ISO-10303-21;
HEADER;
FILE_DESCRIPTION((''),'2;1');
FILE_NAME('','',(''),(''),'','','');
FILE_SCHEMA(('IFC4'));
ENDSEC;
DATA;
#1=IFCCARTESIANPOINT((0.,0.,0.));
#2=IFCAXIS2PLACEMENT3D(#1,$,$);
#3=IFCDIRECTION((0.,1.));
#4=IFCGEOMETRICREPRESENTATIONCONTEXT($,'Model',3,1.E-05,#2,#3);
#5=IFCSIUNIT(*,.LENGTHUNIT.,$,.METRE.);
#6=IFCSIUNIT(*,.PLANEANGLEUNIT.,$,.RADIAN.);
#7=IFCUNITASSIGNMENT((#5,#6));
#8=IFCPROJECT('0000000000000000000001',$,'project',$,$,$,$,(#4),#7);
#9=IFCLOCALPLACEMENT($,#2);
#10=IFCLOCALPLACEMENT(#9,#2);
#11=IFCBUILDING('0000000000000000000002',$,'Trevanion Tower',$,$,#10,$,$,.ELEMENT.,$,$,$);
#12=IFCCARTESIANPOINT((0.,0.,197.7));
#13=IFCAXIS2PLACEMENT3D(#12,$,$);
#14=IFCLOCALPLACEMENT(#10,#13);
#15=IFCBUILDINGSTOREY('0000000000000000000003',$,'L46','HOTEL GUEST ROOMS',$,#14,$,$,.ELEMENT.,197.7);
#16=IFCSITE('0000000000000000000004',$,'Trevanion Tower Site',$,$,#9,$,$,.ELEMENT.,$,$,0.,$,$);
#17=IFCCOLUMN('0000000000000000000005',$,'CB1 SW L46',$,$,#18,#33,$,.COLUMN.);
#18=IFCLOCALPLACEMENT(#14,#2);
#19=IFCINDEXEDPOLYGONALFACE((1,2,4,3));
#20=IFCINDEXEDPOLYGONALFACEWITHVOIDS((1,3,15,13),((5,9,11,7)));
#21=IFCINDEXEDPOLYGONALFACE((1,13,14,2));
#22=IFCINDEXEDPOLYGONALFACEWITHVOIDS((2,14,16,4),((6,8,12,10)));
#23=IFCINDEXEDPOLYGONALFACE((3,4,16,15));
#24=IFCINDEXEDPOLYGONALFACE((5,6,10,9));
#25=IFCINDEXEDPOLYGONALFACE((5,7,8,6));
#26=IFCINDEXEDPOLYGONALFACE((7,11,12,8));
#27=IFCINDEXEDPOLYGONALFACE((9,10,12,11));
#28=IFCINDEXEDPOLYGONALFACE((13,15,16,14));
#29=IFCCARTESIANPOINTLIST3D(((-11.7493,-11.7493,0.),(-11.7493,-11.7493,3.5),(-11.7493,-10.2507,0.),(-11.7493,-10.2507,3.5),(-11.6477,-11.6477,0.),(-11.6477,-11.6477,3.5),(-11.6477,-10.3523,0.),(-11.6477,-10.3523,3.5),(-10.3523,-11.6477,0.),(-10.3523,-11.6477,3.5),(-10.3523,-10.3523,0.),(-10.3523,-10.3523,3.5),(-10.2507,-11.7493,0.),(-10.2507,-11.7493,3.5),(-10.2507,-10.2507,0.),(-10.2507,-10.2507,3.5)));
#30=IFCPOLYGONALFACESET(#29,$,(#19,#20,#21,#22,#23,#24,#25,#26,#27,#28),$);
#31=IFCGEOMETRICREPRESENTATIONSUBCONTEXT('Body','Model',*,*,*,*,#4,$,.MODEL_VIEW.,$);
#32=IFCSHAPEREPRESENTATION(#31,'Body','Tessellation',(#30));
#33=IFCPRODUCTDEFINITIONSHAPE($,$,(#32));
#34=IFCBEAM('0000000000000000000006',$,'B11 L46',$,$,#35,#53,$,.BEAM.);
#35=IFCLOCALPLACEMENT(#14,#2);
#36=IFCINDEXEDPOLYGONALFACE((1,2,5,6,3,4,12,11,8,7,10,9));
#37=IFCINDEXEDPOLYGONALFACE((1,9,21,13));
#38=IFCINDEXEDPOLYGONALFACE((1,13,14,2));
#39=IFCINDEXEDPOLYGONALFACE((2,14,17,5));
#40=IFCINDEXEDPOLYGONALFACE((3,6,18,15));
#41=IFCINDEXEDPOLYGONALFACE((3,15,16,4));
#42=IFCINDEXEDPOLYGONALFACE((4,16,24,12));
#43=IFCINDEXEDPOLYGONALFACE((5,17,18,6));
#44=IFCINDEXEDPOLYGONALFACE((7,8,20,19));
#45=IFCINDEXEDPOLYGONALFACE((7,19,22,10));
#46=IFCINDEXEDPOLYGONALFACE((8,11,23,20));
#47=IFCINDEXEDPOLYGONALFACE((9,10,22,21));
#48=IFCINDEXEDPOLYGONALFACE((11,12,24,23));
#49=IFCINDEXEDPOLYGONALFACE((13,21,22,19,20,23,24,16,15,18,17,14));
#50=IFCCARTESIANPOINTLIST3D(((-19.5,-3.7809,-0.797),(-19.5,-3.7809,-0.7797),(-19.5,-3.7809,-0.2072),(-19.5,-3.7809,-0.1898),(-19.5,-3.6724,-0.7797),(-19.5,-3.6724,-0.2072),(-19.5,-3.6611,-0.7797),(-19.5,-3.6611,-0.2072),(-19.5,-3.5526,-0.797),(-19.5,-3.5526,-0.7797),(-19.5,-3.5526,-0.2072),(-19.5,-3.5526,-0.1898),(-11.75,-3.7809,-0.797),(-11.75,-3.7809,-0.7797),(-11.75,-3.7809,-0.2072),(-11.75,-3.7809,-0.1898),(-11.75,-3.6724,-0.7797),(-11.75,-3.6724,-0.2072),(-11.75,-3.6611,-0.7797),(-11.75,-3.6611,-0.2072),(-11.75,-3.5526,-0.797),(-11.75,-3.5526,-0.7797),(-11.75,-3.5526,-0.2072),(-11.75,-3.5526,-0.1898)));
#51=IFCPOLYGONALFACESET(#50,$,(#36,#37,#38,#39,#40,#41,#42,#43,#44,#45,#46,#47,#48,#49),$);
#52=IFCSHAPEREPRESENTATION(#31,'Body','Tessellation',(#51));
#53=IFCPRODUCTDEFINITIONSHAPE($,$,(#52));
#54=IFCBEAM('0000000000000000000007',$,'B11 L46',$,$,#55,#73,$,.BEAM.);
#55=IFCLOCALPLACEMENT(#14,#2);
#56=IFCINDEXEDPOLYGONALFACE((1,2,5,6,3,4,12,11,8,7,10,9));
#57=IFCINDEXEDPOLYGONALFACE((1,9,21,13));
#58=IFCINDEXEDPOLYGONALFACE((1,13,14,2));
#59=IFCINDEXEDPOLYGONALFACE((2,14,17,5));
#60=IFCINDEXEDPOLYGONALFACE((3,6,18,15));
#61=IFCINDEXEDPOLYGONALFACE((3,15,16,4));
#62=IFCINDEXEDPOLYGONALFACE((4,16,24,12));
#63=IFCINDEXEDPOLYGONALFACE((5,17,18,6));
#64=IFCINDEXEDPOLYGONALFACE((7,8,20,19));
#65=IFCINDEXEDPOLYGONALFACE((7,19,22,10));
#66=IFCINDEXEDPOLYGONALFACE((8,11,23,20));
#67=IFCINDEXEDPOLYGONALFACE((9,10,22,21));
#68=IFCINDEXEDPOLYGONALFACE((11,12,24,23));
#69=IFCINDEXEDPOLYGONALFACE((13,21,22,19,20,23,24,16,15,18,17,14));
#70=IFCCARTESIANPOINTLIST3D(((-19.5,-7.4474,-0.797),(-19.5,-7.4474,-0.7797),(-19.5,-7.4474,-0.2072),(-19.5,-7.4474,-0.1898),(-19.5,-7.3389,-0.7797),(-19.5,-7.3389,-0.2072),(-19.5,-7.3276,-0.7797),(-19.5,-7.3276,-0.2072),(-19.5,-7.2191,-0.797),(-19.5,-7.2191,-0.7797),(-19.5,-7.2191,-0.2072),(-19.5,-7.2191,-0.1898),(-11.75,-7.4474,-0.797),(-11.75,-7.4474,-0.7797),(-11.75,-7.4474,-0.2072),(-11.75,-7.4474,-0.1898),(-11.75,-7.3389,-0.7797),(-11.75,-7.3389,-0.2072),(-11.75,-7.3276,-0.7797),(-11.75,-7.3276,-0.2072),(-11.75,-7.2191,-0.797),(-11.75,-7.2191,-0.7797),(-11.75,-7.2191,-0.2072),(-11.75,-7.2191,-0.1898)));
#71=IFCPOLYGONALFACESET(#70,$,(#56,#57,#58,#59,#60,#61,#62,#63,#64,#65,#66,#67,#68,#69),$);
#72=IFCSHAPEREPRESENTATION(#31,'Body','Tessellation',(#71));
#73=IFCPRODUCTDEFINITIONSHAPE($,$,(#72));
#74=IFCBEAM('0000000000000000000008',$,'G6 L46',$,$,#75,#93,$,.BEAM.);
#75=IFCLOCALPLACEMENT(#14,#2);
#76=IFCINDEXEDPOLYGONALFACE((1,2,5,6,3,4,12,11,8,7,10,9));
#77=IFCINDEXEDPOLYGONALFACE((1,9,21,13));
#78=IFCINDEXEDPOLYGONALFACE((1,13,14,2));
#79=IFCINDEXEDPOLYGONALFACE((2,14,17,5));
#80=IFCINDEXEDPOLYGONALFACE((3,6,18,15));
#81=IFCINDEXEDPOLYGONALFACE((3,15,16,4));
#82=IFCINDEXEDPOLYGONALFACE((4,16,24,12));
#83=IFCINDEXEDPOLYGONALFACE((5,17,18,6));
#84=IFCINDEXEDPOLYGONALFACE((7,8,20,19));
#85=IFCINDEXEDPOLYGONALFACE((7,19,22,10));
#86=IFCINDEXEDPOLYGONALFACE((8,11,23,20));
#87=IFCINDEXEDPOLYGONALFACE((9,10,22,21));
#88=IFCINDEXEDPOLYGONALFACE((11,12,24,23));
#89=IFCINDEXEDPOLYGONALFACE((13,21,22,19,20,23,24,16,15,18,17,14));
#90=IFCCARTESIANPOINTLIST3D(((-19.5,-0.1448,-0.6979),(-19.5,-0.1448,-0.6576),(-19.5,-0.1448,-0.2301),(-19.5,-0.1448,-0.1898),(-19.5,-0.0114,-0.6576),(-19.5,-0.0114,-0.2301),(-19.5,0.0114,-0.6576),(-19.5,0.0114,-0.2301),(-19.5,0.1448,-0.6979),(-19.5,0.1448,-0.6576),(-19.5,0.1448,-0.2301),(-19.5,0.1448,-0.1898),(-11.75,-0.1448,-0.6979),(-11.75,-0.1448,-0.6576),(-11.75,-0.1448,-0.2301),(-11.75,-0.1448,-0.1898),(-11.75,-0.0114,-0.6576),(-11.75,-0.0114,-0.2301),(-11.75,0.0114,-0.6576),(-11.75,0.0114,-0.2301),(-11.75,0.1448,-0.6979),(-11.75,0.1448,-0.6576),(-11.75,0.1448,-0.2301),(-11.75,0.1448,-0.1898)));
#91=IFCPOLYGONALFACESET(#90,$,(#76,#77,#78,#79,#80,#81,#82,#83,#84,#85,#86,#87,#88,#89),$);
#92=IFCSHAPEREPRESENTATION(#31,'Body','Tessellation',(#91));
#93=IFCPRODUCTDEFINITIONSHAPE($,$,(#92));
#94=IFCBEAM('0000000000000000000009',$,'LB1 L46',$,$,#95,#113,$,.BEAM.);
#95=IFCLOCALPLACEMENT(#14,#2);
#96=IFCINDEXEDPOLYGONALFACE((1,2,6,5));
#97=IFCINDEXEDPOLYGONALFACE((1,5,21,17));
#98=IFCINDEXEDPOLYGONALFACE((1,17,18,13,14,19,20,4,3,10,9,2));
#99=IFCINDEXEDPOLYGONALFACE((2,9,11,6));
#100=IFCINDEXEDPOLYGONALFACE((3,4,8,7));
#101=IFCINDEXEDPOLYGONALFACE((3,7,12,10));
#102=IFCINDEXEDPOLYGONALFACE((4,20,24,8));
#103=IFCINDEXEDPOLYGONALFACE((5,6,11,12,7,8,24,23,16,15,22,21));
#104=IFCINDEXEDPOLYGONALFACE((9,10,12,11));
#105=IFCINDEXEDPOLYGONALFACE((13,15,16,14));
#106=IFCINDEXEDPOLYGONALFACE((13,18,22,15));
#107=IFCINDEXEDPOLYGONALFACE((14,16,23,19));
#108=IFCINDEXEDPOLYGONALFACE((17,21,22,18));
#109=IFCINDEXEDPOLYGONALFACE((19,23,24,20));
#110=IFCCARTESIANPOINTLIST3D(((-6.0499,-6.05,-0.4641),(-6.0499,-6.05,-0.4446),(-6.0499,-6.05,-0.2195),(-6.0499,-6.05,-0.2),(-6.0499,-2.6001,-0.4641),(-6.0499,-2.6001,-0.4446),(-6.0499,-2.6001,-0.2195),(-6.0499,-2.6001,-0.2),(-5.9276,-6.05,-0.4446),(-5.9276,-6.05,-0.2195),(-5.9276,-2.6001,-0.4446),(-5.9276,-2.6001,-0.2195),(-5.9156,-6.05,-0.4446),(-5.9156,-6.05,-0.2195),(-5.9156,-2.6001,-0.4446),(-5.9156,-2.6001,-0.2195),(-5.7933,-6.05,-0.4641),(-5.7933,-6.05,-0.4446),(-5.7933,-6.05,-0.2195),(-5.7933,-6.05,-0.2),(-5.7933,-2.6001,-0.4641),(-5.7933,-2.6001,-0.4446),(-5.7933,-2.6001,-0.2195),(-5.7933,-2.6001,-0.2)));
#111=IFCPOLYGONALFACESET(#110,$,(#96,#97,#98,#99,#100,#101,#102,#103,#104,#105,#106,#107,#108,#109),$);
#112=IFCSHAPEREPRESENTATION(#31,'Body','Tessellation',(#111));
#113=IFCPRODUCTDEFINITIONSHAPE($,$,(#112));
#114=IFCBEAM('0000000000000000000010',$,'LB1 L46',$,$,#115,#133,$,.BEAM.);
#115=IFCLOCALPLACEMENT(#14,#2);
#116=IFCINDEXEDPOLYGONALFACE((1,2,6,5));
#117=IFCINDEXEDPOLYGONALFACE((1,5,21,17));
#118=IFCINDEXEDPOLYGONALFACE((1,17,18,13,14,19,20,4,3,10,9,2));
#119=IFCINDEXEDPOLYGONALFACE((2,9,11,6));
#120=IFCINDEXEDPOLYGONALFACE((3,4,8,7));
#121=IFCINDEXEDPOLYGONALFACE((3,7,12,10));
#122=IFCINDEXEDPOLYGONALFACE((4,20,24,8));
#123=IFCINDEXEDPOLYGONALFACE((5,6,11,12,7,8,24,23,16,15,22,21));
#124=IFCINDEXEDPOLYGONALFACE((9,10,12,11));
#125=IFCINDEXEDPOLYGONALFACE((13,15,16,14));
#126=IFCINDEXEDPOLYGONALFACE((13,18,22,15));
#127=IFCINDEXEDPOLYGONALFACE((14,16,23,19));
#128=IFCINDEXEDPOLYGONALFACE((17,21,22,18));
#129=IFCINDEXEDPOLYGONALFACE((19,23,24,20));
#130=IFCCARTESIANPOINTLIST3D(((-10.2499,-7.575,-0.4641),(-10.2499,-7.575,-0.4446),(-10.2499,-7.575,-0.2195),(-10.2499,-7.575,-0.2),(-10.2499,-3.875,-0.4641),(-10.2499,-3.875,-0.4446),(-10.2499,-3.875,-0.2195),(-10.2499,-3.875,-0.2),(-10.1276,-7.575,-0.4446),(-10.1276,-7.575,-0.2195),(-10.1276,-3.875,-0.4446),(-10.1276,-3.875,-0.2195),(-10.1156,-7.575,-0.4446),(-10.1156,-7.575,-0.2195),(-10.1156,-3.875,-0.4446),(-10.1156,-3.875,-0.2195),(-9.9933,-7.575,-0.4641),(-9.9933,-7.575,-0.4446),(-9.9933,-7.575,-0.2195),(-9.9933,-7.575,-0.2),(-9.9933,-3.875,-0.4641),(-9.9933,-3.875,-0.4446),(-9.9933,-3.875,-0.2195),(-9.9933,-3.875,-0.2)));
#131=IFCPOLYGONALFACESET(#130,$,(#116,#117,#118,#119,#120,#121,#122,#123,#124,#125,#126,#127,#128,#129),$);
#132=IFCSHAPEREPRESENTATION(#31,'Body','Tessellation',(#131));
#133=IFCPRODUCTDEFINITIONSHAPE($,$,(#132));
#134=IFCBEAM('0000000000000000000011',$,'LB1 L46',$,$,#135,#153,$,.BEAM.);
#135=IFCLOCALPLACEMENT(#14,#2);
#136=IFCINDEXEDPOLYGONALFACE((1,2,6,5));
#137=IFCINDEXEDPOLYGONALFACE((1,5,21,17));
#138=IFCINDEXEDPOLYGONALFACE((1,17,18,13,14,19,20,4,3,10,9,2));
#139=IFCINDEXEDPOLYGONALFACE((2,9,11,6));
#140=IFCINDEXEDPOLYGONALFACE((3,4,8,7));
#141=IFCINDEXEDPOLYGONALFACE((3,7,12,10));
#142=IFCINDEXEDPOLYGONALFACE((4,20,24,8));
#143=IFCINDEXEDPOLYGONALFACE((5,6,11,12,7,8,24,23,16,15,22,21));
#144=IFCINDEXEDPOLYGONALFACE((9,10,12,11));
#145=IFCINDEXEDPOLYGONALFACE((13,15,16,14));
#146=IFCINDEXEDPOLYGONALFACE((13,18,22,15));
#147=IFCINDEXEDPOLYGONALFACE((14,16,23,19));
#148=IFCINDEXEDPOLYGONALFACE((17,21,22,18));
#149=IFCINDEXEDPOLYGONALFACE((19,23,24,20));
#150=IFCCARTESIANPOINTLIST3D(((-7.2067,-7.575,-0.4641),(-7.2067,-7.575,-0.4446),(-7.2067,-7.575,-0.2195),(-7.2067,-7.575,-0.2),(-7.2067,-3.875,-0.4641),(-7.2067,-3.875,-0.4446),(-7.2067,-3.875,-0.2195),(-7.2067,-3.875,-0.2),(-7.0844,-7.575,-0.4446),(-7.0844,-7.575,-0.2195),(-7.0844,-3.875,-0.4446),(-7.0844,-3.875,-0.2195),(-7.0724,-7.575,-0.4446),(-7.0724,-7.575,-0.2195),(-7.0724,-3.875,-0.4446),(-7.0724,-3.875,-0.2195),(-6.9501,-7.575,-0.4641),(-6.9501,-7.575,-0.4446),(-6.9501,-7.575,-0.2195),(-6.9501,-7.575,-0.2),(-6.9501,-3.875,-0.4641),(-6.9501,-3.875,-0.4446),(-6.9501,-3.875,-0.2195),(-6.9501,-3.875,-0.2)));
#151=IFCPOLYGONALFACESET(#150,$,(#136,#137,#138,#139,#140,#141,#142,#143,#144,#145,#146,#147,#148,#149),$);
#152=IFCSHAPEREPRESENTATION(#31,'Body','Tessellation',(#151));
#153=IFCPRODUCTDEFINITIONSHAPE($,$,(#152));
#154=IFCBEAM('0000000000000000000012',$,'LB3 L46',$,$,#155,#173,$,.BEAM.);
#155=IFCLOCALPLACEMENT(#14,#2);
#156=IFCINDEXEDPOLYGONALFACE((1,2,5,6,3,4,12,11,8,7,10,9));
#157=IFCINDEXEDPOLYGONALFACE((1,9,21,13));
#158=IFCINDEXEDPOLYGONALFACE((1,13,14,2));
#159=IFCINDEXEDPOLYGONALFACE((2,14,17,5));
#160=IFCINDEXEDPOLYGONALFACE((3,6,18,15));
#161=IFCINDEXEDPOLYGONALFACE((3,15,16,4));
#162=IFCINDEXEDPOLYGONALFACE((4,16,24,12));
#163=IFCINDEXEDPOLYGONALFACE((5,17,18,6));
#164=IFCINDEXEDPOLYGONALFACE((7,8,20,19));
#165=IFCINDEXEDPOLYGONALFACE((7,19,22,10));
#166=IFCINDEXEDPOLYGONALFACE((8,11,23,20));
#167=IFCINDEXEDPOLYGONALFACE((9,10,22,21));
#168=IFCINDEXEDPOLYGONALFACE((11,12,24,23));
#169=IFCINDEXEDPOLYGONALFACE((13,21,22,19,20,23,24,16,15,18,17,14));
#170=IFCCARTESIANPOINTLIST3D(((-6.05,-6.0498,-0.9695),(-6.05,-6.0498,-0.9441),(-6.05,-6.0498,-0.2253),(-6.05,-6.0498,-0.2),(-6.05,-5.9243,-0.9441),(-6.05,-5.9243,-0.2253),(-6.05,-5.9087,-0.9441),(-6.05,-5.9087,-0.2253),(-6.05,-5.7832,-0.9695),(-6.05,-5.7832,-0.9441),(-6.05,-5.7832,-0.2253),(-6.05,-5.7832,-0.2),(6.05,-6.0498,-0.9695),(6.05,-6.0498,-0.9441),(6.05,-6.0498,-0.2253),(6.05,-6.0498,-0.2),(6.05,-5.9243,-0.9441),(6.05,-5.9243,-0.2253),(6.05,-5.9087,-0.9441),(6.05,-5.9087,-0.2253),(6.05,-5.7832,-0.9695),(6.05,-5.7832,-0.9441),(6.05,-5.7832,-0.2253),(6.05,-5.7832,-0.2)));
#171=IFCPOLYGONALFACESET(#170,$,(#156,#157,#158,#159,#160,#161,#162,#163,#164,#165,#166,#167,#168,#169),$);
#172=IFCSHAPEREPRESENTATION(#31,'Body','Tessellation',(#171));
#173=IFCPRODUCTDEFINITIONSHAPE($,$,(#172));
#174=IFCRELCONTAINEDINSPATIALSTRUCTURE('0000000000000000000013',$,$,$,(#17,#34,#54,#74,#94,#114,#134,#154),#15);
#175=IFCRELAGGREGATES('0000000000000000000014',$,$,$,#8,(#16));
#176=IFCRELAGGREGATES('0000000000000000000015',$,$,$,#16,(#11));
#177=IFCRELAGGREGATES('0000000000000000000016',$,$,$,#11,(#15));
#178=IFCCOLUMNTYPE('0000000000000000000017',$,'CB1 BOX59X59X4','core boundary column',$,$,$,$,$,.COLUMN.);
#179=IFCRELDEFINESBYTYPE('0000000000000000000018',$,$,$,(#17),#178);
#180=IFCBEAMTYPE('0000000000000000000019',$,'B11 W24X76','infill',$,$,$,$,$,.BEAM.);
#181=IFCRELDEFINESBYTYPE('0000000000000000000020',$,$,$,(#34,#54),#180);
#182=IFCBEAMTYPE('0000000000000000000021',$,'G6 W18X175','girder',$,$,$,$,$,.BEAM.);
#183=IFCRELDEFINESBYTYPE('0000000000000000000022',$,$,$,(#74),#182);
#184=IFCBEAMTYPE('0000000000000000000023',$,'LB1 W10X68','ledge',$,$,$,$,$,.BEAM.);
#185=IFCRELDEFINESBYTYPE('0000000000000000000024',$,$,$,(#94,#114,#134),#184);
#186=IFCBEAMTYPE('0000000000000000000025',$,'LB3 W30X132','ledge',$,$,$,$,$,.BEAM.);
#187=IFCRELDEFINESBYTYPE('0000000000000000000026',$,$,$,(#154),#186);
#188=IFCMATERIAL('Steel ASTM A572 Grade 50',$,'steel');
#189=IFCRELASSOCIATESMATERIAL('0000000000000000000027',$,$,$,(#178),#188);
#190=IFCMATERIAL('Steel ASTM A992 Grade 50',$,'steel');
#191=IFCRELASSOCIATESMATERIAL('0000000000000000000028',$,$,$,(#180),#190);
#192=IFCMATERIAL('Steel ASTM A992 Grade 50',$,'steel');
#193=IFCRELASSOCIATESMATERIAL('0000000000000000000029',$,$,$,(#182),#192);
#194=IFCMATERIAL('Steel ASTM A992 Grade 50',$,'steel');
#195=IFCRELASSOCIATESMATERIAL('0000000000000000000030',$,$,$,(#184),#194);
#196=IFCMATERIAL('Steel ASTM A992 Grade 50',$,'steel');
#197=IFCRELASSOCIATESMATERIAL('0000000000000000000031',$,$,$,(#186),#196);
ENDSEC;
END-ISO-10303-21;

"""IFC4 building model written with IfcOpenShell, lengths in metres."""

from ifc_helpers import new_model, si_unit, direction, frame, origin, origin_2d, place, context, subcontext, project, spatial, hollow_rectangle, i_section, extrude, material, material_profile, profile_set, type_object, element, save


model = new_model("IFC4")

# Units and contexts
model_context = context("Model", 3, precision=1e-05, world=origin(), true_north=direction((0.0, 1.0)))
body_context = subcontext(model_context, "Body", "Model", "MODEL_VIEW")
ifc_project = project(units=[si_unit("LENGTHUNIT", "METRE"), si_unit("PLANEANGLEUNIT", "RADIAN")], contexts=[model_context])

# Site, building, storey
site_placement = place(None, origin())
site = spatial("IfcSite", under=ifc_project, at=site_placement, Name="Trevanion Tower Site", CompositionType="ELEMENT", RefElevation=0.0)
building_placement = place(site_placement, origin())
building = spatial("IfcBuilding", under=site, at=building_placement, Name="Trevanion Tower", CompositionType="ELEMENT")
storey_placement = place(building_placement, frame((0.0, 0.0, 197.7)))
storey = spatial("IfcBuildingStorey", under=building, at=storey_placement, Name="L46", Description="HOTEL GUEST ROOMS", CompositionType="ELEMENT", Elevation=197.7)

# Column
ifc_material_1 = material(Name="Steel ASTM A572 Grade 50", Category="steel")
ifc_material_profile_1 = material_profile(ifc_material_1, hollow_rectangle(XDim=1.4985, YDim=1.4985, WallThickness=0.1016, at=origin_2d()), Name="BOX59X59X4")
ifc_profile_set_1 = profile_set([ifc_material_profile_1], Name="Steel ASTM A572 Grade 50")
column_type = type_object("IfcColumnType", Name="CB1 BOX59X59X4", Description="core boundary column", PredefinedType="COLUMN", material=ifc_profile_set_1)
column_placement = place(storey_placement, frame((-11.0, -11.0, 0.0), z_axis=(0.0, 0.0, 1.0), x_axis=(1.0, 0.0, 0.0)))
element("IfcColumn", 1, at=column_placement, inside=storey, type_object=column_type, Name="CB1 SW L46", PredefinedType="COLUMN", context=body_context, shape_type="SweptSolid", body=[
    extrude(hollow_rectangle(XDim=1.4985, YDim=1.4985, WallThickness=0.1016, at=origin_2d()), origin(), (0.0, 0.0, 1.0), 3.5),
])

# Beams
ifc_material_2 = material(Name="Steel ASTM A992 Grade 50", Category="steel")
ifc_material_profile_2 = material_profile(ifc_material_2, i_section(OverallWidth=0.2283, OverallDepth=0.6072, WebThickness=0.0112, FlangeThickness=0.0173, at=origin_2d()), Name="W24X76")
ifc_profile_set_2 = profile_set([ifc_material_profile_2], Name="Steel ASTM A992 Grade 50")
beam_type_1 = type_object("IfcBeamType", Name="B11 W24X76", Description="infill", PredefinedType="BEAM", material=ifc_profile_set_2)
for number, where, z_axis, x_axis, name in (
    (2, (-11.75, -3.6667, -0.4934), (-1.0, 0.0, 0.0), (0.0, -1.0, 0.0), "B11 L46"),
    (3, (-11.75, -7.3333, -0.4934), (-1.0, 0.0, 0.0), (0.0, -1.0, 0.0), "B11 L46"),
):
    element("IfcBeam", number, at=place(storey_placement, frame(where, z_axis=z_axis, x_axis=x_axis)), inside=storey, type_object=beam_type_1, Name=name, PredefinedType="BEAM", context=body_context, shape_type="SweptSolid", body=[
        extrude(i_section(OverallWidth=0.2283, OverallDepth=0.6072, WebThickness=0.0112, FlangeThickness=0.0173, at=origin_2d()), origin(), (0.0, 0.0, 1.0), 7.75),
    ])
ifc_material_3 = material(Name="Steel ASTM A992 Grade 50", Category="steel")
ifc_material_profile_3 = material_profile(ifc_material_3, i_section(OverallWidth=0.2896, OverallDepth=0.5081, WebThickness=0.0227, FlangeThickness=0.0403, at=origin_2d()), Name="W18X175")
ifc_profile_set_3 = profile_set([ifc_material_profile_3], Name="Steel ASTM A992 Grade 50")
beam_type_2 = type_object("IfcBeamType", Name="G6 W18X175", Description="girder", PredefinedType="BEAM", material=ifc_profile_set_3)
beam_1_placement = place(storey_placement, frame((-11.75, 0.0, -0.4438), z_axis=(-1.0, 0.0, 0.0), x_axis=(0.0, -1.0, 0.0)))
element("IfcBeam", 4, at=beam_1_placement, inside=storey, type_object=beam_type_2, Name="G6 L46", PredefinedType="BEAM", context=body_context, shape_type="SweptSolid", body=[
    extrude(i_section(OverallWidth=0.2896, OverallDepth=0.5081, WebThickness=0.0227, FlangeThickness=0.0403, at=origin_2d()), origin(), (0.0, 0.0, 1.0), 7.75),
])
ifc_material_4 = material(Name="Steel ASTM A992 Grade 50", Category="steel")
ifc_material_profile_4 = material_profile(ifc_material_4, i_section(OverallWidth=0.2566, OverallDepth=0.2642, WebThickness=0.012, FlangeThickness=0.0195, at=origin_2d()), Name="W10X68")
ifc_profile_set_4 = profile_set([ifc_material_profile_4], Name="Steel ASTM A992 Grade 50")
beam_type_3 = type_object("IfcBeamType", Name="LB1 W10X68", Description="ledge", PredefinedType="BEAM", material=ifc_profile_set_4)
beam_2_placement = place(storey_placement, frame((-5.9216, -6.05, -0.332), z_axis=(0.0, 1.0, 0.0), x_axis=(-1.0, 0.0, 0.0)))
element("IfcBeam", 5, at=beam_2_placement, inside=storey, type_object=beam_type_3, Name="LB1 L46", PredefinedType="BEAM", context=body_context, shape_type="SweptSolid", body=[
    extrude(i_section(OverallWidth=0.2566, OverallDepth=0.2642, WebThickness=0.012, FlangeThickness=0.0195, at=origin_2d()), origin(), (0.0, 0.0, 1.0), 3.45),
])
for number, where, z_axis, x_axis, name in (
    (6, (-10.1216, -7.575, -0.332), (0.0, 1.0, 0.0), (-1.0, 0.0, 0.0), "LB1 L46"),
    (7, (-7.0784, -7.575, -0.332), (0.0, 1.0, 0.0), (-1.0, 0.0, 0.0), "LB1 L46"),
):
    element("IfcBeam", number, at=place(storey_placement, frame(where, z_axis=z_axis, x_axis=x_axis)), inside=storey, type_object=beam_type_3, Name=name, PredefinedType="BEAM", context=body_context, shape_type="SweptSolid", body=[
        extrude(i_section(OverallWidth=0.2566, OverallDepth=0.2642, WebThickness=0.012, FlangeThickness=0.0195, at=origin_2d()), origin(), (0.0, 0.0, 1.0), 3.7),
    ])
ifc_material_5 = material(Name="Steel ASTM A992 Grade 50", Category="steel")
ifc_material_profile_5 = material_profile(ifc_material_5, i_section(OverallWidth=0.2666, OverallDepth=0.7695, WebThickness=0.0156, FlangeThickness=0.0254, at=origin_2d()), Name="W30X132")
ifc_profile_set_5 = profile_set([ifc_material_profile_5], Name="Steel ASTM A992 Grade 50")
beam_type_4 = type_object("IfcBeamType", Name="LB3 W30X132", Description="ledge", PredefinedType="BEAM", material=ifc_profile_set_5)
beam_3_placement = place(storey_placement, frame((-6.05, -5.9165, -0.5847), z_axis=(1.0, 0.0, 0.0), x_axis=(0.0, 1.0, 0.0)))
element("IfcBeam", 8, at=beam_3_placement, inside=storey, type_object=beam_type_4, Name="LB3 L46", PredefinedType="BEAM", context=body_context, shape_type="SweptSolid", body=[
    extrude(i_section(OverallWidth=0.2666, OverallDepth=0.7695, WebThickness=0.0156, FlangeThickness=0.0254, at=origin_2d()), origin(), (0.0, 0.0, 1.0), 12.1001),
])

save(model, "model.ifc")
